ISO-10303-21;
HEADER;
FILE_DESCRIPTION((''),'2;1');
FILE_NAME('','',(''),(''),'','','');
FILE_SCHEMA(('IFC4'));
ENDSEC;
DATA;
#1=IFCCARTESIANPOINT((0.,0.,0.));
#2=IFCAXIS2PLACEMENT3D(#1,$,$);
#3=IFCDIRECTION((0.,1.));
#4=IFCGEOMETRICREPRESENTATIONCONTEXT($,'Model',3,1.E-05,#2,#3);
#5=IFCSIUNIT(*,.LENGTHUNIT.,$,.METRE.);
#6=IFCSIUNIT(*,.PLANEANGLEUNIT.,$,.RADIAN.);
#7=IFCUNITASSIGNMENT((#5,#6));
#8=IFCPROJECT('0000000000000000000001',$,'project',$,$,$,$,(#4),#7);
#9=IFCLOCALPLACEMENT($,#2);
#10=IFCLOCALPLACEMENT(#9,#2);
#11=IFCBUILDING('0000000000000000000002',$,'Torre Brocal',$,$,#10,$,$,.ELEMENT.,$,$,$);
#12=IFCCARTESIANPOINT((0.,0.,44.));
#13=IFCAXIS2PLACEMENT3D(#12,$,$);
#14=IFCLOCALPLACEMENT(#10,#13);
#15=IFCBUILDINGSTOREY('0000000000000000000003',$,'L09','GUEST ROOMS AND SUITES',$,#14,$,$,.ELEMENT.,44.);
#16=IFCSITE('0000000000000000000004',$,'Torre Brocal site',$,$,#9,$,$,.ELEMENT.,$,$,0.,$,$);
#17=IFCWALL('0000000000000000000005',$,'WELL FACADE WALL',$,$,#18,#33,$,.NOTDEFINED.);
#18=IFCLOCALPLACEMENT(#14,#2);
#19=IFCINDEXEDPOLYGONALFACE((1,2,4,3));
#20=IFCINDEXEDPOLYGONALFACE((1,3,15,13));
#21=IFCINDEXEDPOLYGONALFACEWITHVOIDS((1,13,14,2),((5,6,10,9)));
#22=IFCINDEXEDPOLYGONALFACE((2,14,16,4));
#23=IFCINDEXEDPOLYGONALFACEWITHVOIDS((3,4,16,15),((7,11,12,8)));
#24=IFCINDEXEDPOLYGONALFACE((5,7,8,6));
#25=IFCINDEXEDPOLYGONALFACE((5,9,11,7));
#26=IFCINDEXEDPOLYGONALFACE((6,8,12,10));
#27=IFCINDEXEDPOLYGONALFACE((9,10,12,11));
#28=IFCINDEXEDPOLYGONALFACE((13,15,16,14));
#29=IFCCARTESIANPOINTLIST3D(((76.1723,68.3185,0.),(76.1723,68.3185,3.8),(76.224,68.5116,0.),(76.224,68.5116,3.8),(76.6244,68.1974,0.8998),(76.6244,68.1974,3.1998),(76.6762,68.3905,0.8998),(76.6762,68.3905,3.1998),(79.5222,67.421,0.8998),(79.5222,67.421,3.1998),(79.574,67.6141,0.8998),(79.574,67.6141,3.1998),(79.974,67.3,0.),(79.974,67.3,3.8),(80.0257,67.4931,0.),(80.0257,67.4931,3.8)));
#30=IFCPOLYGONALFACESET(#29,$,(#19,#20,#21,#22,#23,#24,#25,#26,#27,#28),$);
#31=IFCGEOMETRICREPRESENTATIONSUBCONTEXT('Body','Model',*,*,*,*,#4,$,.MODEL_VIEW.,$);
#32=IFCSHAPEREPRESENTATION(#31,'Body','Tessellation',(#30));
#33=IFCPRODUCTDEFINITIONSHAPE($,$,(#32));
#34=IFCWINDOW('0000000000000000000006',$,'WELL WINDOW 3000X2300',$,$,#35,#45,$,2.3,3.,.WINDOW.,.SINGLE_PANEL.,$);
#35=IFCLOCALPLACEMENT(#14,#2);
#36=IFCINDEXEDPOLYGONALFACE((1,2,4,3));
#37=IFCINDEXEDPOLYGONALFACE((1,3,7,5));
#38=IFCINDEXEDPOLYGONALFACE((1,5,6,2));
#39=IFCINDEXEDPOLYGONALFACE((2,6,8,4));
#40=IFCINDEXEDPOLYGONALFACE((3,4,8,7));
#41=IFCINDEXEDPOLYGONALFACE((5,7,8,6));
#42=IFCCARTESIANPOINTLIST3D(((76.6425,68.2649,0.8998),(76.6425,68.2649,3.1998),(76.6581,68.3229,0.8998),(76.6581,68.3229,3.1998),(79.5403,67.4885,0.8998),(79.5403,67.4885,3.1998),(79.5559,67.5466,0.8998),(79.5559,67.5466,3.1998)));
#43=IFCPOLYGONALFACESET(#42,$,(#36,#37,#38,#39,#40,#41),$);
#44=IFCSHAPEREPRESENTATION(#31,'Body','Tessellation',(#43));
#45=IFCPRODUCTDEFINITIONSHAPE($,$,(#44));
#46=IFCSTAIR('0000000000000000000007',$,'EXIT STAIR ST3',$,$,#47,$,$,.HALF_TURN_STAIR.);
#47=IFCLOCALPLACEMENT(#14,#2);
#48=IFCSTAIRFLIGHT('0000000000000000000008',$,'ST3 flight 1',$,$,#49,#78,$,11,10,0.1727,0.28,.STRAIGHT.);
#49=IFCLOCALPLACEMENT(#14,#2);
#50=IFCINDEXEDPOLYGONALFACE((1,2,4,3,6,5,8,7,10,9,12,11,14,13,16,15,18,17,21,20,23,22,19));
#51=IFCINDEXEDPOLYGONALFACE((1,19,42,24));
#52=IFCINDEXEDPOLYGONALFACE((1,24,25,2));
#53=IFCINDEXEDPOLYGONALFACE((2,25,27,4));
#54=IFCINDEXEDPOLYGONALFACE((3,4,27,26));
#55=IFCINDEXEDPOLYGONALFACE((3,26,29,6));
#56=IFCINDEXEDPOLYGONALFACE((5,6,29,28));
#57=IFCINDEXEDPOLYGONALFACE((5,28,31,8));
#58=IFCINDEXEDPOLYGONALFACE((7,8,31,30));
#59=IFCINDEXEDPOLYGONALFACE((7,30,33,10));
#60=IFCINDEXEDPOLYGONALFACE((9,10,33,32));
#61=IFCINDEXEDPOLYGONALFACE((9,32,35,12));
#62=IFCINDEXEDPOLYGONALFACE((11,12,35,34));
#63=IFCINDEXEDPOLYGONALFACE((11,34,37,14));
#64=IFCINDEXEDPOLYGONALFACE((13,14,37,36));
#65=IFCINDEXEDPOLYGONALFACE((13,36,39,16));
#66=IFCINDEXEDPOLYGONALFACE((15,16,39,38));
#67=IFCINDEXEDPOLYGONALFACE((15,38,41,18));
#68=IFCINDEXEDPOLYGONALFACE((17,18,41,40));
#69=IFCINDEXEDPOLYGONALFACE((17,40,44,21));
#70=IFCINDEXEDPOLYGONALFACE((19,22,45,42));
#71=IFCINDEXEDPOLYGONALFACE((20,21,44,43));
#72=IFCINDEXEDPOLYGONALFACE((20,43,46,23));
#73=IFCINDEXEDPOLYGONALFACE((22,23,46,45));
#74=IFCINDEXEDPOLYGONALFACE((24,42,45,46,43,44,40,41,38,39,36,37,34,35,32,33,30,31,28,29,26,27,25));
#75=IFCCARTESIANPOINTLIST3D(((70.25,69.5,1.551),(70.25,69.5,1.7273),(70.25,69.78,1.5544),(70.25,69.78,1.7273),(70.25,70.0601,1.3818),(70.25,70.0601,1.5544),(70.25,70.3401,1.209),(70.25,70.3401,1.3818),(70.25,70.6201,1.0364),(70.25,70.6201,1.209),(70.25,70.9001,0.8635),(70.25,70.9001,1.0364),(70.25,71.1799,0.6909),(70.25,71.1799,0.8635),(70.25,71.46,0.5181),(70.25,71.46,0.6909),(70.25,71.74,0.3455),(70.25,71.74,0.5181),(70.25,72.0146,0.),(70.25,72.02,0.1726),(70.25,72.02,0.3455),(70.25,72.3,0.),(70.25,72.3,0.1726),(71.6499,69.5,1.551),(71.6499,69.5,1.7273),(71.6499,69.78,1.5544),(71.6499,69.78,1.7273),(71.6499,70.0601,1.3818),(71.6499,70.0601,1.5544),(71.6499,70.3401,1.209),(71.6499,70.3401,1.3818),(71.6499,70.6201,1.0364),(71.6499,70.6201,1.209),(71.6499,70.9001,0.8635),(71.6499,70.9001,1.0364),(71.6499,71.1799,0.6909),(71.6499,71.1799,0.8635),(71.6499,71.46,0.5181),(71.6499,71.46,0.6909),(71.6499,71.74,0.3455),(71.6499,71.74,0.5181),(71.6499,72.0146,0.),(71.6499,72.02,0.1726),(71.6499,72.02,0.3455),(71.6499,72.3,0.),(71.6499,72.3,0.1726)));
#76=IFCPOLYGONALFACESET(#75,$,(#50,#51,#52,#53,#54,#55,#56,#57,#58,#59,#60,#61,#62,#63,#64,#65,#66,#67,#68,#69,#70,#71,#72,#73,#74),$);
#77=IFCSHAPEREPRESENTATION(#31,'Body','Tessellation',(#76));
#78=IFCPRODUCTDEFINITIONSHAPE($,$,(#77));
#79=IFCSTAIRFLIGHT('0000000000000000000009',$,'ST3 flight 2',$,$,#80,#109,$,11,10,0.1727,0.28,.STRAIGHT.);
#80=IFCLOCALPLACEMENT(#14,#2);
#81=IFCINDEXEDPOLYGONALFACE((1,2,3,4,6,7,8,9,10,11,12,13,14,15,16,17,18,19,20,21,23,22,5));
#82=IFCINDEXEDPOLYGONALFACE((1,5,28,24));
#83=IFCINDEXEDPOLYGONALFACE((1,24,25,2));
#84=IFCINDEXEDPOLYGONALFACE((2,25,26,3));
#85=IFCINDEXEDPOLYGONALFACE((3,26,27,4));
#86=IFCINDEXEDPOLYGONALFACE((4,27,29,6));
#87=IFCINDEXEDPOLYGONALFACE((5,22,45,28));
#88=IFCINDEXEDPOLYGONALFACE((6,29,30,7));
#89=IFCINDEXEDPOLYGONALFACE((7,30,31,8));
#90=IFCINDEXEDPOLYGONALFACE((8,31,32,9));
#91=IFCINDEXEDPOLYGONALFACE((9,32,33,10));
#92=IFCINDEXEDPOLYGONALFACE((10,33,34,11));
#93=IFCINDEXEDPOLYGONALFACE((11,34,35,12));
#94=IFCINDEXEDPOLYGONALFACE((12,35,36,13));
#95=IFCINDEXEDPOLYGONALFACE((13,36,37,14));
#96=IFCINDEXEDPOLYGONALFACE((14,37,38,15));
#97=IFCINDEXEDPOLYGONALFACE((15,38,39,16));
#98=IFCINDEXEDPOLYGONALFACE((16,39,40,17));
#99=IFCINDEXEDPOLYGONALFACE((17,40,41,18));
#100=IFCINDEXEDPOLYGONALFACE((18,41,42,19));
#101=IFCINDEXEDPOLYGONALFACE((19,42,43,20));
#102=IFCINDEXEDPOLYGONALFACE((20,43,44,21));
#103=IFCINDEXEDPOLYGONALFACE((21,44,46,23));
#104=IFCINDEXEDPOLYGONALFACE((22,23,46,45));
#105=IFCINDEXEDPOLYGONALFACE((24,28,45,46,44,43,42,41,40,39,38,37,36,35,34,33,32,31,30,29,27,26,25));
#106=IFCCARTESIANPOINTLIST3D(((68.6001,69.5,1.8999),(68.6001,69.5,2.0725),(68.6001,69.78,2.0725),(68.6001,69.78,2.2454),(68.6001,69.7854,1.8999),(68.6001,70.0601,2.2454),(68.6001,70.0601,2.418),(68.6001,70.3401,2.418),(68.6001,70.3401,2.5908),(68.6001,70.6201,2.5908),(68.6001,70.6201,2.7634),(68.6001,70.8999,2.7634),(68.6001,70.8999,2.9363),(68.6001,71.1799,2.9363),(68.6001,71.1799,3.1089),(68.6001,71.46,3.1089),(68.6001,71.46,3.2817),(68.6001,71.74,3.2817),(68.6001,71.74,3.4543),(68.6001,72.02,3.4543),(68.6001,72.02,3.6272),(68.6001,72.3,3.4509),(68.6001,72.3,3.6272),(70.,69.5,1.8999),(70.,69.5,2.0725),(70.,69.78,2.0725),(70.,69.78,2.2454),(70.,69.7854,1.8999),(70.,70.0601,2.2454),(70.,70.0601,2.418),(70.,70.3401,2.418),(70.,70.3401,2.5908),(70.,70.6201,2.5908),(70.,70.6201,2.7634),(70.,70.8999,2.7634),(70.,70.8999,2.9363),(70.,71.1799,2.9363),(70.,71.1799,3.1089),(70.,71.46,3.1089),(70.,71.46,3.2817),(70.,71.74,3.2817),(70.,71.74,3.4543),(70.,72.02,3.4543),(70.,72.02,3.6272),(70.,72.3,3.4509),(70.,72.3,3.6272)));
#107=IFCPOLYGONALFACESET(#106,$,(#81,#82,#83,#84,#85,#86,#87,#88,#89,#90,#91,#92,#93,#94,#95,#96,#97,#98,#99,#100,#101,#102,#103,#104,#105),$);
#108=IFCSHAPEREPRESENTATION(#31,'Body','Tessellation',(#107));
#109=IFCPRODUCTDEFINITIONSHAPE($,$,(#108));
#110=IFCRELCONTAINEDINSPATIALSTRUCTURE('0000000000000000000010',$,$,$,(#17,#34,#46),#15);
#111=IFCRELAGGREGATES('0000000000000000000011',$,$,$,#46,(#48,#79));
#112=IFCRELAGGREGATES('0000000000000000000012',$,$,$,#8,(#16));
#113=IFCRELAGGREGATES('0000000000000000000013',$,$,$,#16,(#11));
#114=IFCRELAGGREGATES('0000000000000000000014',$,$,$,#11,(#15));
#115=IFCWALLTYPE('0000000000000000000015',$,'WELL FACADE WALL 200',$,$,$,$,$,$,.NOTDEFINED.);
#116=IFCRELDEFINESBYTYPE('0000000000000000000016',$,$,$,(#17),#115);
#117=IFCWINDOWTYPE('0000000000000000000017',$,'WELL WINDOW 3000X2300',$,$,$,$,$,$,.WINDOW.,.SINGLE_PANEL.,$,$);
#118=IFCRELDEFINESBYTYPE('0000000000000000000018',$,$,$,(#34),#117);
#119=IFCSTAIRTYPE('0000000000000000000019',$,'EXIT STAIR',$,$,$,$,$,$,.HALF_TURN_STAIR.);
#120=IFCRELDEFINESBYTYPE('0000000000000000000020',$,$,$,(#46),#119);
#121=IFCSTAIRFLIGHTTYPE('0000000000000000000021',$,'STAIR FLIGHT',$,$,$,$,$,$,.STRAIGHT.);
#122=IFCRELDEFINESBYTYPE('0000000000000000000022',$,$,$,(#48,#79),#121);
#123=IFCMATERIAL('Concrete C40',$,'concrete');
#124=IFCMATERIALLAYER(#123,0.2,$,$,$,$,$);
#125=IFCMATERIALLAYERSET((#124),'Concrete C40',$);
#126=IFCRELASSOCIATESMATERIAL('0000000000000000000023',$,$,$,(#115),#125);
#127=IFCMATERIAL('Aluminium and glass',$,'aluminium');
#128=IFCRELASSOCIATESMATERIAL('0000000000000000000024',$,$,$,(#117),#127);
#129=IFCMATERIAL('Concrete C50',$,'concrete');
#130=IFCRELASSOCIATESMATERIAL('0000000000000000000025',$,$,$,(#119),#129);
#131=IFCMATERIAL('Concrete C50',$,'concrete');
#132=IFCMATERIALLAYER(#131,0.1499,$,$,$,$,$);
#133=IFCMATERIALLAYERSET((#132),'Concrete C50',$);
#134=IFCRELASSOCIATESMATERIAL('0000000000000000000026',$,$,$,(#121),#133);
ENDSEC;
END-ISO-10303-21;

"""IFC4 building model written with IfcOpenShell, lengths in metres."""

from ifc_helpers import new_model, si_unit, direction, frame, frame_2d, origin, place, context, subcontext, project, spatial, polyline, rectangle, outline, extrude, material, layer, layer_set, type_object, element, fill, aggregate, save


model = new_model("IFC4")

# Units and contexts
model_context = context("Model", 3, precision=1e-05, world=origin(), true_north=direction((0.0, 1.0)))
body_context = subcontext(model_context, "Body", "Model", "MODEL_VIEW")
ifc_project = project(units=[si_unit("LENGTHUNIT", "METRE"), si_unit("PLANEANGLEUNIT", "RADIAN")], contexts=[model_context])

# Site, building, storey
site_placement = place(None, origin())
site = spatial("IfcSite", under=ifc_project, at=site_placement, Name="Torre Brocal site", CompositionType="ELEMENT", RefElevation=0.0)
building_placement = place(site_placement, origin())
building = spatial("IfcBuilding", under=site, at=building_placement, Name="Torre Brocal", CompositionType="ELEMENT")
storey_placement = place(building_placement, frame((0.0, 0.0, 44.0)))
storey = spatial("IfcBuildingStorey", under=building, at=storey_placement, Name="L09", Description="GUEST ROOMS AND SUITES", CompositionType="ELEMENT", Elevation=44.0)

# Wall, opening, window
ifc_material_1 = material(Name="Concrete C40", Category="concrete")
ifc_layer_1 = layer(ifc_material_1, 0.2)
ifc_layer_set_1 = layer_set([ifc_layer_1], Name="Concrete C40")
wall_type_1 = type_object("IfcWallType", Name="WELL FACADE WALL 200", PredefinedType="NOTDEFINED", material=ifc_layer_set_1)
ifc_material_2 = material(Name="Aluminium and glass", Category="aluminium")
window_type = type_object("IfcWindowType", Name="WELL WINDOW 3000X2300", PartitioningType="SINGLE_PANEL", PredefinedType="WINDOW", material=ifc_material_2)
wall_1_placement = place(storey_placement, frame((76.1982, 68.415, 0.0), z_axis=(0.0, 0.0, 1.0), x_axis=(0.965934, -0.25879, 0.0)))
wall_1 = element("IfcWall", 1, at=wall_1_placement, inside=storey, type_object=wall_type_1, Name="WELL FACADE WALL", PredefinedType="NOTDEFINED", context=body_context, shape_type="SweptSolid", body=[
    extrude(rectangle(XDim=3.9358, YDim=0.2, at=frame_2d((1.9678, 0.0))), origin(), (0.0, 0.0, 1.0), 3.8),
])
opening_1_placement = place(wall_1_placement, frame((0.468, 0.0, 0.8999)))
opening_1 = element("IfcOpeningElement", 2, at=opening_1_placement, cuts=wall_1, PredefinedType="OPENING", context=body_context, shape_type="SweptSolid", body=[
    extrude(rectangle(XDim=3.0, YDim=2.3, at=frame_2d((1.5, 1.1499))), frame((0.0, 0.1099, 0.0), z_axis=(0.0, -1.0, 0.0), x_axis=(1.0, 0.0, 0.0)), (0.0, 0.0, 1.0), 0.22),
])
window_1_placement = place(opening_1_placement, origin())
window_1 = element("IfcWindow", 3, at=window_1_placement, inside=storey, type_object=window_type, Name="WELL WINDOW 3000X2300", OverallHeight=2.3, OverallWidth=3.0, PartitioningType="SINGLE_PANEL", PredefinedType="WINDOW", context=body_context, shape_type="SweptSolid", body=[
    extrude(rectangle(XDim=3.0, YDim=2.3, at=frame_2d((1.5, 1.1499))), frame((0.0, 0.03, 0.0), z_axis=(0.0, -1.0, 0.0), x_axis=(1.0, 0.0, 0.0)), (0.0, 0.0, 1.0), 0.0601),
])
fill(opening_1, window_1)

# Stair, stair flights
ifc_material_3 = material(Name="Concrete C50", Category="concrete")
stair_type = type_object("IfcStairType", Name="EXIT STAIR", PredefinedType="HALF_TURN_STAIR", material=ifc_material_3)
stair_placement = place(storey_placement, origin())
stair = element("IfcStair", 4, at=stair_placement, inside=storey, type_object=stair_type, Name="EXIT STAIR ST3", PredefinedType="HALF_TURN_STAIR")
ifc_material_4 = material(Name="Concrete C50", Category="concrete")
ifc_layer_2 = layer(ifc_material_4, 0.1499)
ifc_layer_set_2 = layer_set([ifc_layer_2], Name="Concrete C50")
stair_flight_type = type_object("IfcStairFlightType", Name="STAIR FLIGHT", PredefinedType="STRAIGHT", material=ifc_layer_set_2)
stair_flight_1_placement = place(storey_placement, frame((70.95, 72.3, 0.0), z_axis=(0.0, 0.0, 1.0), x_axis=(0.0, -1.0, 0.0)))
stair_flight_1 = element("IfcStairFlight", 5, at=stair_flight_1_placement, type_object=stair_flight_type, Name="ST3 flight 1", NumberOfRisers=11, NumberOfTreads=10, PredefinedType="STRAIGHT", RiserHeight=0.1727, TreadLength=0.28, context=body_context, shape_type="SweptSolid", body=[
    extrude(outline(polyline([(0.0, 0.0), (0.0, 0.1726), (0.28, 0.1726), (0.28, 0.3455), (0.5601, 0.3455), (0.5601, 0.5181), (0.8401, 0.5181), (0.8401, 0.6909), (1.1201, 0.6909), (1.1201, 0.8635), (1.3999, 0.8635), (1.3999, 1.0364), (1.6799, 1.0364), (1.6799, 1.209), (1.96, 1.209), (1.96, 1.3818), (2.24, 1.3818), (2.24, 1.5544), (2.52, 1.5544), (2.52, 1.7273), (2.8, 1.7273), (2.8, 1.8999), (2.8, 1.551), (0.2854, 0.0), (0.0, 0.0)])), frame((0.0, 0.7, 0.0), z_axis=(0.0, -1.0, 0.0), x_axis=(1.0, 0.0, 0.0)), (0.0, 0.0, 1.0), 1.3999),
])
stair_flight_2_placement = place(storey_placement, frame((69.3, 69.5, 1.8999), z_axis=(0.0, 0.0, 1.0), x_axis=(0.0, 1.0, 0.0)))
stair_flight_2 = element("IfcStairFlight", 6, at=stair_flight_2_placement, type_object=stair_flight_type, Name="ST3 flight 2", NumberOfRisers=11, NumberOfTreads=10, PredefinedType="STRAIGHT", RiserHeight=0.1727, TreadLength=0.28, context=body_context, shape_type="SweptSolid", body=[
    extrude(outline(polyline([(0.0, 0.0), (0.0, 0.1726), (0.28, 0.1726), (0.28, 0.3455), (0.5601, 0.3455), (0.5601, 0.5181), (0.8401, 0.5181), (0.8401, 0.6909), (1.1201, 0.6909), (1.1201, 0.8635), (1.3999, 0.8635), (1.3999, 1.0364), (1.6799, 1.0364), (1.6799, 1.209), (1.96, 1.209), (1.96, 1.3818), (2.24, 1.3818), (2.24, 1.5544), (2.52, 1.5544), (2.52, 1.7273), (2.8, 1.7273), (2.8, 1.8999), (2.8, 1.551), (0.2854, 0.0), (0.0, 0.0)])), frame((0.0, 0.7, 0.0), z_axis=(0.0, -1.0, 0.0), x_axis=(1.0, 0.0, 0.0)), (0.0, 0.0, 1.0), 1.3999),
])
aggregate(stair, [stair_flight_1, stair_flight_2])

save(model, "model.ifc")
